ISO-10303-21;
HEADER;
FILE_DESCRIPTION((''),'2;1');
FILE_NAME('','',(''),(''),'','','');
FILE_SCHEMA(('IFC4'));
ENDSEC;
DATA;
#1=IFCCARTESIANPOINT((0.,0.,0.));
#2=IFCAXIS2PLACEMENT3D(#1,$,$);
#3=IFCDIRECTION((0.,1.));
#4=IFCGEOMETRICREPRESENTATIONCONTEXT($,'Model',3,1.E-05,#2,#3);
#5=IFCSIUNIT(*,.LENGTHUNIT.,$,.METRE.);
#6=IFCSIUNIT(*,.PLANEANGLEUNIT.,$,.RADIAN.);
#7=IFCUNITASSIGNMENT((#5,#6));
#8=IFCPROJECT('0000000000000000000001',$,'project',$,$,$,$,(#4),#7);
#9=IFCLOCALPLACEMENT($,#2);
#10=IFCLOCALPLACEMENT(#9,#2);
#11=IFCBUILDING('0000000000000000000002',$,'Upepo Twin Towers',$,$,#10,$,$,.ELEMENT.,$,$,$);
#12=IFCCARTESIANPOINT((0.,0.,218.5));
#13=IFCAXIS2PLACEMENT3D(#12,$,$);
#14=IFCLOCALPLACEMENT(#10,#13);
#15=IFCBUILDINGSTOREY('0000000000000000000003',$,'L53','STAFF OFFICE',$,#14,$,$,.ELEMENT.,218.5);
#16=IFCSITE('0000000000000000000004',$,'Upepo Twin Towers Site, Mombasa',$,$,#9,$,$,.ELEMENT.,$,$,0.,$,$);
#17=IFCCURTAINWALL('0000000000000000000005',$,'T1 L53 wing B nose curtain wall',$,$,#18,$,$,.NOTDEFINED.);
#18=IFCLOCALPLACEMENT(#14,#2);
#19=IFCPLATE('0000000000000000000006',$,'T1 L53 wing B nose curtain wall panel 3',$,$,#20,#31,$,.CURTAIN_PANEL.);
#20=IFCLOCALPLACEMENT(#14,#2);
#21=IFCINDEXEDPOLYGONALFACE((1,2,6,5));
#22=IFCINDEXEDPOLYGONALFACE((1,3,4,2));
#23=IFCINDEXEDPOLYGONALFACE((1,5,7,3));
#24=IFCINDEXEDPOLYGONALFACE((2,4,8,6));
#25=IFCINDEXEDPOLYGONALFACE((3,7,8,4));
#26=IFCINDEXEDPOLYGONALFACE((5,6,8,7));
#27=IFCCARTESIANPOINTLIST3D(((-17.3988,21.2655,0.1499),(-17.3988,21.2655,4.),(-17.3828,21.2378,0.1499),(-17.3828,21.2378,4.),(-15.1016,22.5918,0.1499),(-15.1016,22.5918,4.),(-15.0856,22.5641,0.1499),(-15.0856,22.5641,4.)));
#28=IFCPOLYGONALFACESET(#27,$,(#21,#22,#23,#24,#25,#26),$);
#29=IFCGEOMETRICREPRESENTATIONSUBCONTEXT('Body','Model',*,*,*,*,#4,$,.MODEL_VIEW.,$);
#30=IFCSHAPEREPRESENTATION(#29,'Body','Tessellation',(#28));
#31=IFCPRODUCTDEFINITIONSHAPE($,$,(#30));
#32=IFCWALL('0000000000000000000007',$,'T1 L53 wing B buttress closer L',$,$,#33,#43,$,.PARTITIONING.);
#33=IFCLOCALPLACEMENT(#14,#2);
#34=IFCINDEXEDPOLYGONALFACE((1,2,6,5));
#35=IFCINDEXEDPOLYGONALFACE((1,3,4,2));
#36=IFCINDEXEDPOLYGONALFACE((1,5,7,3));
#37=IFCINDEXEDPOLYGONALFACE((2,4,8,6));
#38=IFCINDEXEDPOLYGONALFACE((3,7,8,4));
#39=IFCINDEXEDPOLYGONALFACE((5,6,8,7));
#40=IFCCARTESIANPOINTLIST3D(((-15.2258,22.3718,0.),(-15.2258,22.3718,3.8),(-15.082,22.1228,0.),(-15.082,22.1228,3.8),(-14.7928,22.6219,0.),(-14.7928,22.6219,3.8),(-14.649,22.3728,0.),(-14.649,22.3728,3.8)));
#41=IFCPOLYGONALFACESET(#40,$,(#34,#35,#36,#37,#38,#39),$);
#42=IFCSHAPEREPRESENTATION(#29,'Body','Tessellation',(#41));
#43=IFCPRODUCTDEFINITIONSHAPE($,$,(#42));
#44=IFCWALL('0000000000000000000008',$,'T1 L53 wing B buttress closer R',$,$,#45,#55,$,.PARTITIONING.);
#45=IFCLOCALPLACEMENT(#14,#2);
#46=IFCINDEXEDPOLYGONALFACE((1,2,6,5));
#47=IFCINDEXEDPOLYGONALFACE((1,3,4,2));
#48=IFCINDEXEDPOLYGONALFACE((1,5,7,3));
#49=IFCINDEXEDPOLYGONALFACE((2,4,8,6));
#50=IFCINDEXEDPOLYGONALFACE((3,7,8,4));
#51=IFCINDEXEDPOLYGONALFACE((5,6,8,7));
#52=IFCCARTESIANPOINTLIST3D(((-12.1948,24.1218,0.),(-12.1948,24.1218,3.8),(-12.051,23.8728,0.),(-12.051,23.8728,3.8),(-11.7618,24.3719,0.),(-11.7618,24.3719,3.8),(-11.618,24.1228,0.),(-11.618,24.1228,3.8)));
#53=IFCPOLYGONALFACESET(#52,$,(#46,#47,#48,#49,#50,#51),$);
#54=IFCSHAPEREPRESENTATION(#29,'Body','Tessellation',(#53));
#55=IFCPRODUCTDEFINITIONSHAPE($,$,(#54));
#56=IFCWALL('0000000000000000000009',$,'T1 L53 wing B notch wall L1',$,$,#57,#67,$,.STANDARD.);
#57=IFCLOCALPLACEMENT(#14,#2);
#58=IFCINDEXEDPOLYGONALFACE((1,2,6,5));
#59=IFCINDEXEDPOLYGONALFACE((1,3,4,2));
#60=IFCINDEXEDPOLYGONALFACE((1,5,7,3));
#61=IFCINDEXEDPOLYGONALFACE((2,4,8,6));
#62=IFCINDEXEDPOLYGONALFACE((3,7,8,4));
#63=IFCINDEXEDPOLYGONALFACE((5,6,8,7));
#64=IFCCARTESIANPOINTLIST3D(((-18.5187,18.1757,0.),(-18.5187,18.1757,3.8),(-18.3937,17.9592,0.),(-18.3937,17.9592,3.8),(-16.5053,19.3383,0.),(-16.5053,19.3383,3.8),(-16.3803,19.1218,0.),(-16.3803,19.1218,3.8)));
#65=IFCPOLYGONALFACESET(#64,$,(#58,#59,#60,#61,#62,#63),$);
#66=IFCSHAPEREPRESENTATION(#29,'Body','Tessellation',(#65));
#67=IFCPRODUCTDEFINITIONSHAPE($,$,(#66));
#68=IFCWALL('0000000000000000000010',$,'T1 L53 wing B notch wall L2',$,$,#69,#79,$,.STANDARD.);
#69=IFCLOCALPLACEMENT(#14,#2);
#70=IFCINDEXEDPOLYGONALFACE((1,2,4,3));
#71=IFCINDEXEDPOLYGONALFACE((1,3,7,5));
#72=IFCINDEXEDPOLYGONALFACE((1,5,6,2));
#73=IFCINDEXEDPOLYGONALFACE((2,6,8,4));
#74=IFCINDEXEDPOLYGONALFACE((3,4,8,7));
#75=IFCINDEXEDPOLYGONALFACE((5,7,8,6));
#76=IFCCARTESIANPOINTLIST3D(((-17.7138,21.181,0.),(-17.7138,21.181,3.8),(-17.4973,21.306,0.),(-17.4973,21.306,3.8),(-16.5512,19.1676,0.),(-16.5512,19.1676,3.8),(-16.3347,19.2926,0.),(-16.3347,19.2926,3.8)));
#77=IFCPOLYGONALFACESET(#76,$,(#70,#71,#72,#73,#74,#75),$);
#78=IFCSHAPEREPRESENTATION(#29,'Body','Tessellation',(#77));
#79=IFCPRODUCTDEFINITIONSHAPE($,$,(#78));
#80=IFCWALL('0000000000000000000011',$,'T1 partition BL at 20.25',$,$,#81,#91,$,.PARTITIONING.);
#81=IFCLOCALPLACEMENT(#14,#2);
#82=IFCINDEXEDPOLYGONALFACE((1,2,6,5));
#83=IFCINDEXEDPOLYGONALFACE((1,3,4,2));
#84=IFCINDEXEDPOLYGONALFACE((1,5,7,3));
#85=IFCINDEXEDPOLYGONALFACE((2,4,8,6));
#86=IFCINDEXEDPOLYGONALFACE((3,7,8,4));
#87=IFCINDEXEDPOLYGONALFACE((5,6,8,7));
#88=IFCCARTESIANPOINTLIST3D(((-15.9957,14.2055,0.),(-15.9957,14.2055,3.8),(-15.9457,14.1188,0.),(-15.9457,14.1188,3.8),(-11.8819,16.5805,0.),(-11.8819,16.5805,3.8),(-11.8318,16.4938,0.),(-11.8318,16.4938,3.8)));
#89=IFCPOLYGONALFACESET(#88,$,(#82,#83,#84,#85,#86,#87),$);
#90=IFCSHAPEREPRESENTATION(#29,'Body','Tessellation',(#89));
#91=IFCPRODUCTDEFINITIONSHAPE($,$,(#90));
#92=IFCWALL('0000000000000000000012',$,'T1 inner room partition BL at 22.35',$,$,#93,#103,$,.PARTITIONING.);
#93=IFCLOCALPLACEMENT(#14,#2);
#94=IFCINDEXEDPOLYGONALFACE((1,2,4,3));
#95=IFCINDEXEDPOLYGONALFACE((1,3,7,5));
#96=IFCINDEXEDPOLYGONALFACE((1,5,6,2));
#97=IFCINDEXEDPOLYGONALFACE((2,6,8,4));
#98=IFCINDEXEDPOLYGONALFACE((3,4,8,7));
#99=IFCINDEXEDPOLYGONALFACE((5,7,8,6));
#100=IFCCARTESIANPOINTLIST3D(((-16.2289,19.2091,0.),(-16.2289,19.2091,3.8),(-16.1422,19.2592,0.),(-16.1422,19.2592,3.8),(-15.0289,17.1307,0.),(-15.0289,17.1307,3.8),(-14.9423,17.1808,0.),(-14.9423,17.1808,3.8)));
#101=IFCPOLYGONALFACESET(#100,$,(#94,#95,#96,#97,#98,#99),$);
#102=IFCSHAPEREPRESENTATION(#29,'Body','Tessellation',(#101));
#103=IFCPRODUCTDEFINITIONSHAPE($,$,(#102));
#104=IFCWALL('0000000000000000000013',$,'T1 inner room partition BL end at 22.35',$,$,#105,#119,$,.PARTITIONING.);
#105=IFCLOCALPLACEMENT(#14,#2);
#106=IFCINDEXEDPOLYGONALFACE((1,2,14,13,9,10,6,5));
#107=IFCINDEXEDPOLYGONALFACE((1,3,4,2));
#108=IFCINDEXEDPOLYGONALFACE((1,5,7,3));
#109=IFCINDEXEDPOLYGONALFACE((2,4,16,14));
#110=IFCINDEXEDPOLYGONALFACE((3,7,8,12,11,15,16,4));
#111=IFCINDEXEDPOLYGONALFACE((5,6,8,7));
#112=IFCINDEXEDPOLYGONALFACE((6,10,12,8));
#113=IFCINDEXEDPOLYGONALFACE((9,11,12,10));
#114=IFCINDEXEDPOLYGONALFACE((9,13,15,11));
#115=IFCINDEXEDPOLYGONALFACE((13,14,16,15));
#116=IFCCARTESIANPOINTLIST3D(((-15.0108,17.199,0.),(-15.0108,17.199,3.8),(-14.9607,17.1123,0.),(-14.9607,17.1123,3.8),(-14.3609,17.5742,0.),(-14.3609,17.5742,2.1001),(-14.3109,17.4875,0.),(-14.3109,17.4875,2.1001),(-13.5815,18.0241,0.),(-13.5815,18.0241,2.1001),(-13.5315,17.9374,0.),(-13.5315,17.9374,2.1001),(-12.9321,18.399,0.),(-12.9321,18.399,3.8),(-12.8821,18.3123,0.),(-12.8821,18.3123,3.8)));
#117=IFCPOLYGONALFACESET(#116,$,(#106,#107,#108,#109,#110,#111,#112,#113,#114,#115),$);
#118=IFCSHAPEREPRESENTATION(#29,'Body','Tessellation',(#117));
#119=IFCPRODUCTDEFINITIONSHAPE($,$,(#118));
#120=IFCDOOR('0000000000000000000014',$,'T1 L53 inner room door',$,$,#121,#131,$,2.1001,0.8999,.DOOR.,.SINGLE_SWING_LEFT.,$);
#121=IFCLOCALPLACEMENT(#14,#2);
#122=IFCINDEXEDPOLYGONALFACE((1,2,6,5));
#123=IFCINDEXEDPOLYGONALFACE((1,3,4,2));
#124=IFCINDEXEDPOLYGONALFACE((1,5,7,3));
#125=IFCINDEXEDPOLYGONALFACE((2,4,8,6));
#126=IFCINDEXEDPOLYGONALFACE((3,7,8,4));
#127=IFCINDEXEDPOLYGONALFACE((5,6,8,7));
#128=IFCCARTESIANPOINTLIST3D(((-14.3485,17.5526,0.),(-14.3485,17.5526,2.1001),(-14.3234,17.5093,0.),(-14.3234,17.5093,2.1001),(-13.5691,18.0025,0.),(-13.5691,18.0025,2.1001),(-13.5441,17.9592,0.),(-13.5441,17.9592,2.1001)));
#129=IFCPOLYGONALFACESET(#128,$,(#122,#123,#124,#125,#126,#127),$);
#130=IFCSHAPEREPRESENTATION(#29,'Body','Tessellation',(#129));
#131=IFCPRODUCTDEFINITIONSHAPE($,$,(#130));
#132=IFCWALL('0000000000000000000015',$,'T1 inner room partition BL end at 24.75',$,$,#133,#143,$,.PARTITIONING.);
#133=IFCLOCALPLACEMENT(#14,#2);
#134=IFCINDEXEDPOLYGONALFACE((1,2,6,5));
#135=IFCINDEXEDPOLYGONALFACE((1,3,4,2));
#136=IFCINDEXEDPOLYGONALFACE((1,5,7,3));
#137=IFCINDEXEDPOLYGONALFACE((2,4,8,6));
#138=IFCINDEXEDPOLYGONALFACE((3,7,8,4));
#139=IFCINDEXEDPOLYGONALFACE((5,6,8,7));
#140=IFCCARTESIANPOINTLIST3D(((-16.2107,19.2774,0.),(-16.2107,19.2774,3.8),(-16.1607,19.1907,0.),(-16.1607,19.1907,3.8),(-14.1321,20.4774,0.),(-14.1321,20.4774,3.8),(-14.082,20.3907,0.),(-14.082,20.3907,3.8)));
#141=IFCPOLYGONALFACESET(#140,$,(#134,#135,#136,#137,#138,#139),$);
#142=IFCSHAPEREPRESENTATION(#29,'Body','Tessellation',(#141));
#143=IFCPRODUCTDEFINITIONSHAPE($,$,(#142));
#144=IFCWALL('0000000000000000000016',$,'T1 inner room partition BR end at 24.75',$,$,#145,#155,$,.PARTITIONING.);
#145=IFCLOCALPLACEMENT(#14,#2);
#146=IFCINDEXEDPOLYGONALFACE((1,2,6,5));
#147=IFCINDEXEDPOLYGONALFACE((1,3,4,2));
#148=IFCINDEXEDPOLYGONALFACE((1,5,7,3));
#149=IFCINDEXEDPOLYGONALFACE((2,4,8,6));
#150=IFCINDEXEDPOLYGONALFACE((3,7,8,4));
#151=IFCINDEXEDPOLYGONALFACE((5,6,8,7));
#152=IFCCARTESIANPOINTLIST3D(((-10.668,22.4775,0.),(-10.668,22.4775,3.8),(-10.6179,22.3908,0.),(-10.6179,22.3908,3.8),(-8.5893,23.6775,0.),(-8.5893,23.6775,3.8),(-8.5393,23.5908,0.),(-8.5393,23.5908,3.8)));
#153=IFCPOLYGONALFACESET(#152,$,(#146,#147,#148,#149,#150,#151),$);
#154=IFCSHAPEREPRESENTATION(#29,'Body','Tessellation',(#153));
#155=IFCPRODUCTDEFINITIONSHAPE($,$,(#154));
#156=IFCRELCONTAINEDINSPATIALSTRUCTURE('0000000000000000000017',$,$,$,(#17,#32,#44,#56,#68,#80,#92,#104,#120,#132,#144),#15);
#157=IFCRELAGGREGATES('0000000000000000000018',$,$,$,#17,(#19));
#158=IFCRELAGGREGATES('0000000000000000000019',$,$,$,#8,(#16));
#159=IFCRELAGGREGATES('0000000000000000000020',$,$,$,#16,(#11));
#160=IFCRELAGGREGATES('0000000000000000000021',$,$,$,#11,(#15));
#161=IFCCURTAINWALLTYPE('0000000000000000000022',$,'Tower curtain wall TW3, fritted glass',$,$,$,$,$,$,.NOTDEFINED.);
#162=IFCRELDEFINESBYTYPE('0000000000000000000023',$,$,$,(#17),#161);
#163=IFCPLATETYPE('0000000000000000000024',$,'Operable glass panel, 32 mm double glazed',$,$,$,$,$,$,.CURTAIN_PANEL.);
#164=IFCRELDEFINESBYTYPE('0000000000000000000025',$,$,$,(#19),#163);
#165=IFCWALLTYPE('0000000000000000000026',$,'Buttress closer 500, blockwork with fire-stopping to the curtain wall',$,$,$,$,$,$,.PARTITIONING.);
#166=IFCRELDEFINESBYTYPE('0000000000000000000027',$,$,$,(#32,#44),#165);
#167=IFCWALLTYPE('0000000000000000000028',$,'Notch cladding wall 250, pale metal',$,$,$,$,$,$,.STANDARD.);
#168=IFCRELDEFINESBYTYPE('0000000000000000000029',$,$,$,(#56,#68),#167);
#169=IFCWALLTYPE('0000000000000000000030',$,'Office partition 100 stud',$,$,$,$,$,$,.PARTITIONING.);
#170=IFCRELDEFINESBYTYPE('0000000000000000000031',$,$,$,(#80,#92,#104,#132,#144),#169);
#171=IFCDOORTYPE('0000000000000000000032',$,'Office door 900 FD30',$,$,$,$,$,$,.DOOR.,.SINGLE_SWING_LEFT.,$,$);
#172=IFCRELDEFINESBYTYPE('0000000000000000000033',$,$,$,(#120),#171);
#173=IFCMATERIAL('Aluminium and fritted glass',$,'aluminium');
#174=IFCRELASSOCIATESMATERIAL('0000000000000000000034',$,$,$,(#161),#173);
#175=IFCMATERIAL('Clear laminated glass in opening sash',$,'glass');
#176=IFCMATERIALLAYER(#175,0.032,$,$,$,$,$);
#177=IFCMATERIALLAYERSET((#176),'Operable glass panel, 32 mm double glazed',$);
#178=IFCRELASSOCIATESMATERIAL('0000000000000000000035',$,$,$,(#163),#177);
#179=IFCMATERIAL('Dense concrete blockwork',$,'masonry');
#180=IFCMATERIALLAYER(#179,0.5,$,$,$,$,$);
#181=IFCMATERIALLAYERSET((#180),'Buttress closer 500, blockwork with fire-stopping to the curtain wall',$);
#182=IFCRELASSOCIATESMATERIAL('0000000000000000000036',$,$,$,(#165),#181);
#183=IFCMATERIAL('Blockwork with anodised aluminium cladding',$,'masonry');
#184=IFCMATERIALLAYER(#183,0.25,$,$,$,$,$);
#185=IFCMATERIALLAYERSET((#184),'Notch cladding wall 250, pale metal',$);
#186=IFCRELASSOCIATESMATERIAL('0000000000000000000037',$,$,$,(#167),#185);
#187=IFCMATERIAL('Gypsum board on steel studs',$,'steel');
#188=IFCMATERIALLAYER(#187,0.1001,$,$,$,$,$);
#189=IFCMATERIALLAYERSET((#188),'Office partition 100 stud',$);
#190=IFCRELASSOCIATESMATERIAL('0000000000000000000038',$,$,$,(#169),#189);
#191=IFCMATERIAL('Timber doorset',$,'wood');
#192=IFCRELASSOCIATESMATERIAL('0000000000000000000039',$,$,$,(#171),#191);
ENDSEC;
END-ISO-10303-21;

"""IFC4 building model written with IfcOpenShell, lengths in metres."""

from ifc_helpers import new_model, si_unit, direction, frame, frame_2d, origin, origin_2d, place, context, subcontext, project, spatial, rectangle, extrude, material, layer, layer_set, type_object, element, fill, aggregate, save


model = new_model("IFC4")

# Units and contexts
model_context = context("Model", 3, precision=1e-05, world=origin(), true_north=direction((0.0, 1.0)))
body_context = subcontext(model_context, "Body", "Model", "MODEL_VIEW")
ifc_project = project(units=[si_unit("LENGTHUNIT", "METRE"), si_unit("PLANEANGLEUNIT", "RADIAN")], contexts=[model_context])

# Site, building, storey
site_placement = place(None, origin())
site = spatial("IfcSite", under=ifc_project, at=site_placement, Name="Upepo Twin Towers Site, Mombasa", CompositionType="ELEMENT", RefElevation=0.0)
building_placement = place(site_placement, origin())
building = spatial("IfcBuilding", under=site, at=building_placement, Name="Upepo Twin Towers", CompositionType="ELEMENT")
storey_placement = place(building_placement, frame((0.0, 0.0, 218.5)))
storey = spatial("IfcBuildingStorey", under=building, at=storey_placement, Name="L53", Description="STAFF OFFICE", CompositionType="ELEMENT", Elevation=218.5)

# Shared definitions
ifc_material_1 = material(Name="Aluminium and fritted glass", Category="aluminium")
curtain_wall_type = type_object("IfcCurtainWallType", Name="Tower curtain wall TW3, fritted glass", PredefinedType="NOTDEFINED", material=ifc_material_1)

# Curtain wall
curtain_wall_1_placement = place(storey_placement, origin())
curtain_wall_1 = element("IfcCurtainWall", 1, at=curtain_wall_1_placement, inside=storey, type_object=curtain_wall_type, Name="T1 L53 wing B nose curtain wall", PredefinedType="NOTDEFINED")

# Plate
ifc_material_2 = material(Name="Clear laminated glass in opening sash", Category="glass")
ifc_layer_1 = layer(ifc_material_2, 0.032)
ifc_layer_set_1 = layer_set([ifc_layer_1], Name="Operable glass panel, 32 mm double glazed")
plate_type_1 = type_object("IfcPlateType", Name="Operable glass panel, 32 mm double glazed", PredefinedType="CURTAIN_PANEL", material=ifc_layer_set_1)
plate_1_placement = place(storey_placement, frame((-16.2422, 21.9148, 0.1499), z_axis=(0.0, 0.0, 1.0), x_axis=(-0.866025, -0.5, 0.0)))
plate_1 = element("IfcPlate", 2, at=plate_1_placement, type_object=plate_type_1, Name="T1 L53 wing B nose curtain wall panel 3", PredefinedType="CURTAIN_PANEL", context=body_context, shape_type="SweptSolid", body=[
    extrude(rectangle(XDim=2.6526, YDim=0.032, at=origin_2d()), origin(), (0.0, 0.0, 1.0), 3.8501),
])
aggregate(curtain_wall_1, [plate_1])

# Walls
ifc_material_3 = material(Name="Dense concrete blockwork", Category="masonry")
ifc_layer_2 = layer(ifc_material_3, 0.5)
ifc_layer_set_2 = layer_set([ifc_layer_2], Name="Buttress closer 500, blockwork with fire-stopping to the curtain wall")
wall_type_1 = type_object("IfcWallType", Name="Buttress closer 500, blockwork with fire-stopping to the curtain wall", PredefinedType="PARTITIONING", material=ifc_layer_set_2)
for number, where, z_axis, x_axis, name in (
    (3, (-14.8655, 22.2478, 0.0), (0.0, 0.0, 1.0), (-0.500065, 0.865988, 0.0), "T1 L53 wing B buttress closer L"),
    (4, (-11.8345, 23.9978, 0.0), (0.0, 0.0, 1.0), (-0.500065, 0.865988, 0.0), "T1 L53 wing B buttress closer R"),
):
    element("IfcWall", number, at=place(storey_placement, frame(where, z_axis=z_axis, x_axis=x_axis)), inside=storey, type_object=wall_type_1, Name=name, PredefinedType="PARTITIONING", context=body_context, shape_type="SweptSolid", body=[
        extrude(rectangle(XDim=0.2876, YDim=0.5, at=frame_2d((0.1438, 0.0))), origin(), (0.0, 0.0, 1.0), 3.8),
    ])
ifc_material_4 = material(Name="Blockwork with anodised aluminium cladding", Category="masonry")
ifc_layer_3 = layer(ifc_material_4, 0.25)
ifc_layer_set_3 = layer_set([ifc_layer_3], Name="Notch cladding wall 250, pale metal")
wall_type_2 = type_object("IfcWallType", Name="Notch cladding wall 250, pale metal", PredefinedType="STANDARD", material=ifc_layer_set_3)
for number, where, z_axis, x_axis, name in (
    (5, (-18.4563, 18.0674, 0.0), (0.0, 0.0, 1.0), (0.865998, 0.500047, 0.0), "T1 L53 wing B notch wall L1"),
    (6, (-16.4429, 19.23, 0.0), (0.0, 0.0, 1.0), (-0.500047, 0.865998, 0.0), "T1 L53 wing B notch wall L2"),
):
    element("IfcWall", number, at=place(storey_placement, frame(where, z_axis=z_axis, x_axis=x_axis)), inside=storey, type_object=wall_type_2, Name=name, PredefinedType="STANDARD", context=body_context, shape_type="SweptSolid", body=[
        extrude(rectangle(XDim=2.325, YDim=0.25, at=frame_2d((1.1626, 0.0))), origin(), (0.0, 0.0, 1.0), 3.8),
    ])
ifc_material_5 = material(Name="Gypsum board on steel studs", Category="steel")
ifc_layer_4 = layer(ifc_material_5, 0.1001)
ifc_layer_set_4 = layer_set([ifc_layer_4], Name="Office partition 100 stud")
wall_type_3 = type_object("IfcWallType", Name="Office partition 100 stud", PredefinedType="PARTITIONING", material=ifc_layer_set_4)
wall_1_placement = place(storey_placement, frame((-11.8569, 16.5371, 0.0), z_axis=(0.0, 0.0, 1.0), x_axis=(-0.866033, -0.499986, 0.0)))
element("IfcWall", 7, at=wall_1_placement, inside=storey, type_object=wall_type_3, Name="T1 partition BL at 20.25", PredefinedType="PARTITIONING", context=body_context, shape_type="SweptSolid", body=[
    extrude(rectangle(XDim=4.7502, YDim=0.1001, at=frame_2d((2.375, 0.0))), origin(), (0.0, 0.0, 1.0), 3.8),
])
wall_2_placement = place(storey_placement, frame((-14.9856, 17.1558, 0.0), z_axis=(0.0, 0.0, 1.0), x_axis=(-0.500001, 0.866025, 0.0)))
element("IfcWall", 8, at=wall_2_placement, inside=storey, type_object=wall_type_3, Name="T1 inner room partition BL at 22.35", PredefinedType="PARTITIONING", context=body_context, shape_type="SweptSolid", body=[
    extrude(rectangle(XDim=2.3999, YDim=0.1001, at=frame_2d((1.2, 0.0))), origin(), (0.0, 0.0, 1.0), 3.8),
])

# Wall, opening, door
wall_3_placement = place(storey_placement, frame((-12.907, 18.3557, 0.0), z_axis=(0.0, 0.0, 1.0), x_axis=(-0.86605, -0.499957, 0.0)))
wall_3 = element("IfcWall", 9, at=wall_3_placement, inside=storey, type_object=wall_type_3, Name="T1 inner room partition BL end at 22.35", PredefinedType="PARTITIONING", context=body_context, shape_type="SweptSolid", body=[
    extrude(rectangle(XDim=2.4001, YDim=0.1001, at=frame_2d((1.2002, 0.0))), origin(), (0.0, 0.0, 1.0), 3.8),
])
opening_placement = place(wall_3_placement, frame((0.75, 0.0, 0.0)))
opening = element("IfcOpeningElement", 10, at=opening_placement, cuts=wall_3, PredefinedType="OPENING", context=body_context, shape_type="SweptSolid", body=[
    extrude(rectangle(XDim=0.8999, YDim=2.1001, at=frame_2d((0.45, 1.05))), frame((0.0, 0.0601, 0.0), z_axis=(0.0, -1.0, 0.0), x_axis=(1.0, 0.0, 0.0)), (0.0, 0.0, 1.0), 0.1201),
])
ifc_material_6 = material(Name="Timber doorset", Category="wood")
door_type = type_object("IfcDoorType", Name="Office door 900 FD30", OperationType="SINGLE_SWING_LEFT", PredefinedType="DOOR", material=ifc_material_6)
door_placement = place(opening_placement, origin())
door = element("IfcDoor", 11, at=door_placement, inside=storey, type_object=door_type, Name="T1 L53 inner room door", OperationType="SINGLE_SWING_LEFT", OverallHeight=2.1001, OverallWidth=0.8999, PredefinedType="DOOR", context=body_context, shape_type="SweptSolid", body=[
    extrude(rectangle(XDim=0.8999, YDim=2.1001, at=frame_2d((0.45, 1.05))), frame((0.0, 0.0249, 0.0), z_axis=(0.0, -1.0, 0.0), x_axis=(1.0, 0.0, 0.0)), (0.0, 0.0, 1.0), 0.05),
])
fill(opening, door)

# Walls
for number, where, z_axis, x_axis, name in (
    (12, (-14.1069, 20.4341, 0.0), (0.0, 0.0, 1.0), (-0.86605, -0.499957, 0.0), "T1 inner room partition BL end at 24.75"),
    (13, (-10.6431, 22.4341, 0.0), (0.0, 0.0, 1.0), (0.86605, 0.499957, 0.0), "T1 inner room partition BR end at 24.75"),
):
    element("IfcWall", number, at=place(storey_placement, frame(where, z_axis=z_axis, x_axis=x_axis)), inside=storey, type_object=wall_type_3, Name=name, PredefinedType="PARTITIONING", context=body_context, shape_type="SweptSolid", body=[
        extrude(rectangle(XDim=2.4001, YDim=0.1001, at=frame_2d((1.2002, 0.0))), origin(), (0.0, 0.0, 1.0), 3.8),
    ])

save(model, "model.ifc")
